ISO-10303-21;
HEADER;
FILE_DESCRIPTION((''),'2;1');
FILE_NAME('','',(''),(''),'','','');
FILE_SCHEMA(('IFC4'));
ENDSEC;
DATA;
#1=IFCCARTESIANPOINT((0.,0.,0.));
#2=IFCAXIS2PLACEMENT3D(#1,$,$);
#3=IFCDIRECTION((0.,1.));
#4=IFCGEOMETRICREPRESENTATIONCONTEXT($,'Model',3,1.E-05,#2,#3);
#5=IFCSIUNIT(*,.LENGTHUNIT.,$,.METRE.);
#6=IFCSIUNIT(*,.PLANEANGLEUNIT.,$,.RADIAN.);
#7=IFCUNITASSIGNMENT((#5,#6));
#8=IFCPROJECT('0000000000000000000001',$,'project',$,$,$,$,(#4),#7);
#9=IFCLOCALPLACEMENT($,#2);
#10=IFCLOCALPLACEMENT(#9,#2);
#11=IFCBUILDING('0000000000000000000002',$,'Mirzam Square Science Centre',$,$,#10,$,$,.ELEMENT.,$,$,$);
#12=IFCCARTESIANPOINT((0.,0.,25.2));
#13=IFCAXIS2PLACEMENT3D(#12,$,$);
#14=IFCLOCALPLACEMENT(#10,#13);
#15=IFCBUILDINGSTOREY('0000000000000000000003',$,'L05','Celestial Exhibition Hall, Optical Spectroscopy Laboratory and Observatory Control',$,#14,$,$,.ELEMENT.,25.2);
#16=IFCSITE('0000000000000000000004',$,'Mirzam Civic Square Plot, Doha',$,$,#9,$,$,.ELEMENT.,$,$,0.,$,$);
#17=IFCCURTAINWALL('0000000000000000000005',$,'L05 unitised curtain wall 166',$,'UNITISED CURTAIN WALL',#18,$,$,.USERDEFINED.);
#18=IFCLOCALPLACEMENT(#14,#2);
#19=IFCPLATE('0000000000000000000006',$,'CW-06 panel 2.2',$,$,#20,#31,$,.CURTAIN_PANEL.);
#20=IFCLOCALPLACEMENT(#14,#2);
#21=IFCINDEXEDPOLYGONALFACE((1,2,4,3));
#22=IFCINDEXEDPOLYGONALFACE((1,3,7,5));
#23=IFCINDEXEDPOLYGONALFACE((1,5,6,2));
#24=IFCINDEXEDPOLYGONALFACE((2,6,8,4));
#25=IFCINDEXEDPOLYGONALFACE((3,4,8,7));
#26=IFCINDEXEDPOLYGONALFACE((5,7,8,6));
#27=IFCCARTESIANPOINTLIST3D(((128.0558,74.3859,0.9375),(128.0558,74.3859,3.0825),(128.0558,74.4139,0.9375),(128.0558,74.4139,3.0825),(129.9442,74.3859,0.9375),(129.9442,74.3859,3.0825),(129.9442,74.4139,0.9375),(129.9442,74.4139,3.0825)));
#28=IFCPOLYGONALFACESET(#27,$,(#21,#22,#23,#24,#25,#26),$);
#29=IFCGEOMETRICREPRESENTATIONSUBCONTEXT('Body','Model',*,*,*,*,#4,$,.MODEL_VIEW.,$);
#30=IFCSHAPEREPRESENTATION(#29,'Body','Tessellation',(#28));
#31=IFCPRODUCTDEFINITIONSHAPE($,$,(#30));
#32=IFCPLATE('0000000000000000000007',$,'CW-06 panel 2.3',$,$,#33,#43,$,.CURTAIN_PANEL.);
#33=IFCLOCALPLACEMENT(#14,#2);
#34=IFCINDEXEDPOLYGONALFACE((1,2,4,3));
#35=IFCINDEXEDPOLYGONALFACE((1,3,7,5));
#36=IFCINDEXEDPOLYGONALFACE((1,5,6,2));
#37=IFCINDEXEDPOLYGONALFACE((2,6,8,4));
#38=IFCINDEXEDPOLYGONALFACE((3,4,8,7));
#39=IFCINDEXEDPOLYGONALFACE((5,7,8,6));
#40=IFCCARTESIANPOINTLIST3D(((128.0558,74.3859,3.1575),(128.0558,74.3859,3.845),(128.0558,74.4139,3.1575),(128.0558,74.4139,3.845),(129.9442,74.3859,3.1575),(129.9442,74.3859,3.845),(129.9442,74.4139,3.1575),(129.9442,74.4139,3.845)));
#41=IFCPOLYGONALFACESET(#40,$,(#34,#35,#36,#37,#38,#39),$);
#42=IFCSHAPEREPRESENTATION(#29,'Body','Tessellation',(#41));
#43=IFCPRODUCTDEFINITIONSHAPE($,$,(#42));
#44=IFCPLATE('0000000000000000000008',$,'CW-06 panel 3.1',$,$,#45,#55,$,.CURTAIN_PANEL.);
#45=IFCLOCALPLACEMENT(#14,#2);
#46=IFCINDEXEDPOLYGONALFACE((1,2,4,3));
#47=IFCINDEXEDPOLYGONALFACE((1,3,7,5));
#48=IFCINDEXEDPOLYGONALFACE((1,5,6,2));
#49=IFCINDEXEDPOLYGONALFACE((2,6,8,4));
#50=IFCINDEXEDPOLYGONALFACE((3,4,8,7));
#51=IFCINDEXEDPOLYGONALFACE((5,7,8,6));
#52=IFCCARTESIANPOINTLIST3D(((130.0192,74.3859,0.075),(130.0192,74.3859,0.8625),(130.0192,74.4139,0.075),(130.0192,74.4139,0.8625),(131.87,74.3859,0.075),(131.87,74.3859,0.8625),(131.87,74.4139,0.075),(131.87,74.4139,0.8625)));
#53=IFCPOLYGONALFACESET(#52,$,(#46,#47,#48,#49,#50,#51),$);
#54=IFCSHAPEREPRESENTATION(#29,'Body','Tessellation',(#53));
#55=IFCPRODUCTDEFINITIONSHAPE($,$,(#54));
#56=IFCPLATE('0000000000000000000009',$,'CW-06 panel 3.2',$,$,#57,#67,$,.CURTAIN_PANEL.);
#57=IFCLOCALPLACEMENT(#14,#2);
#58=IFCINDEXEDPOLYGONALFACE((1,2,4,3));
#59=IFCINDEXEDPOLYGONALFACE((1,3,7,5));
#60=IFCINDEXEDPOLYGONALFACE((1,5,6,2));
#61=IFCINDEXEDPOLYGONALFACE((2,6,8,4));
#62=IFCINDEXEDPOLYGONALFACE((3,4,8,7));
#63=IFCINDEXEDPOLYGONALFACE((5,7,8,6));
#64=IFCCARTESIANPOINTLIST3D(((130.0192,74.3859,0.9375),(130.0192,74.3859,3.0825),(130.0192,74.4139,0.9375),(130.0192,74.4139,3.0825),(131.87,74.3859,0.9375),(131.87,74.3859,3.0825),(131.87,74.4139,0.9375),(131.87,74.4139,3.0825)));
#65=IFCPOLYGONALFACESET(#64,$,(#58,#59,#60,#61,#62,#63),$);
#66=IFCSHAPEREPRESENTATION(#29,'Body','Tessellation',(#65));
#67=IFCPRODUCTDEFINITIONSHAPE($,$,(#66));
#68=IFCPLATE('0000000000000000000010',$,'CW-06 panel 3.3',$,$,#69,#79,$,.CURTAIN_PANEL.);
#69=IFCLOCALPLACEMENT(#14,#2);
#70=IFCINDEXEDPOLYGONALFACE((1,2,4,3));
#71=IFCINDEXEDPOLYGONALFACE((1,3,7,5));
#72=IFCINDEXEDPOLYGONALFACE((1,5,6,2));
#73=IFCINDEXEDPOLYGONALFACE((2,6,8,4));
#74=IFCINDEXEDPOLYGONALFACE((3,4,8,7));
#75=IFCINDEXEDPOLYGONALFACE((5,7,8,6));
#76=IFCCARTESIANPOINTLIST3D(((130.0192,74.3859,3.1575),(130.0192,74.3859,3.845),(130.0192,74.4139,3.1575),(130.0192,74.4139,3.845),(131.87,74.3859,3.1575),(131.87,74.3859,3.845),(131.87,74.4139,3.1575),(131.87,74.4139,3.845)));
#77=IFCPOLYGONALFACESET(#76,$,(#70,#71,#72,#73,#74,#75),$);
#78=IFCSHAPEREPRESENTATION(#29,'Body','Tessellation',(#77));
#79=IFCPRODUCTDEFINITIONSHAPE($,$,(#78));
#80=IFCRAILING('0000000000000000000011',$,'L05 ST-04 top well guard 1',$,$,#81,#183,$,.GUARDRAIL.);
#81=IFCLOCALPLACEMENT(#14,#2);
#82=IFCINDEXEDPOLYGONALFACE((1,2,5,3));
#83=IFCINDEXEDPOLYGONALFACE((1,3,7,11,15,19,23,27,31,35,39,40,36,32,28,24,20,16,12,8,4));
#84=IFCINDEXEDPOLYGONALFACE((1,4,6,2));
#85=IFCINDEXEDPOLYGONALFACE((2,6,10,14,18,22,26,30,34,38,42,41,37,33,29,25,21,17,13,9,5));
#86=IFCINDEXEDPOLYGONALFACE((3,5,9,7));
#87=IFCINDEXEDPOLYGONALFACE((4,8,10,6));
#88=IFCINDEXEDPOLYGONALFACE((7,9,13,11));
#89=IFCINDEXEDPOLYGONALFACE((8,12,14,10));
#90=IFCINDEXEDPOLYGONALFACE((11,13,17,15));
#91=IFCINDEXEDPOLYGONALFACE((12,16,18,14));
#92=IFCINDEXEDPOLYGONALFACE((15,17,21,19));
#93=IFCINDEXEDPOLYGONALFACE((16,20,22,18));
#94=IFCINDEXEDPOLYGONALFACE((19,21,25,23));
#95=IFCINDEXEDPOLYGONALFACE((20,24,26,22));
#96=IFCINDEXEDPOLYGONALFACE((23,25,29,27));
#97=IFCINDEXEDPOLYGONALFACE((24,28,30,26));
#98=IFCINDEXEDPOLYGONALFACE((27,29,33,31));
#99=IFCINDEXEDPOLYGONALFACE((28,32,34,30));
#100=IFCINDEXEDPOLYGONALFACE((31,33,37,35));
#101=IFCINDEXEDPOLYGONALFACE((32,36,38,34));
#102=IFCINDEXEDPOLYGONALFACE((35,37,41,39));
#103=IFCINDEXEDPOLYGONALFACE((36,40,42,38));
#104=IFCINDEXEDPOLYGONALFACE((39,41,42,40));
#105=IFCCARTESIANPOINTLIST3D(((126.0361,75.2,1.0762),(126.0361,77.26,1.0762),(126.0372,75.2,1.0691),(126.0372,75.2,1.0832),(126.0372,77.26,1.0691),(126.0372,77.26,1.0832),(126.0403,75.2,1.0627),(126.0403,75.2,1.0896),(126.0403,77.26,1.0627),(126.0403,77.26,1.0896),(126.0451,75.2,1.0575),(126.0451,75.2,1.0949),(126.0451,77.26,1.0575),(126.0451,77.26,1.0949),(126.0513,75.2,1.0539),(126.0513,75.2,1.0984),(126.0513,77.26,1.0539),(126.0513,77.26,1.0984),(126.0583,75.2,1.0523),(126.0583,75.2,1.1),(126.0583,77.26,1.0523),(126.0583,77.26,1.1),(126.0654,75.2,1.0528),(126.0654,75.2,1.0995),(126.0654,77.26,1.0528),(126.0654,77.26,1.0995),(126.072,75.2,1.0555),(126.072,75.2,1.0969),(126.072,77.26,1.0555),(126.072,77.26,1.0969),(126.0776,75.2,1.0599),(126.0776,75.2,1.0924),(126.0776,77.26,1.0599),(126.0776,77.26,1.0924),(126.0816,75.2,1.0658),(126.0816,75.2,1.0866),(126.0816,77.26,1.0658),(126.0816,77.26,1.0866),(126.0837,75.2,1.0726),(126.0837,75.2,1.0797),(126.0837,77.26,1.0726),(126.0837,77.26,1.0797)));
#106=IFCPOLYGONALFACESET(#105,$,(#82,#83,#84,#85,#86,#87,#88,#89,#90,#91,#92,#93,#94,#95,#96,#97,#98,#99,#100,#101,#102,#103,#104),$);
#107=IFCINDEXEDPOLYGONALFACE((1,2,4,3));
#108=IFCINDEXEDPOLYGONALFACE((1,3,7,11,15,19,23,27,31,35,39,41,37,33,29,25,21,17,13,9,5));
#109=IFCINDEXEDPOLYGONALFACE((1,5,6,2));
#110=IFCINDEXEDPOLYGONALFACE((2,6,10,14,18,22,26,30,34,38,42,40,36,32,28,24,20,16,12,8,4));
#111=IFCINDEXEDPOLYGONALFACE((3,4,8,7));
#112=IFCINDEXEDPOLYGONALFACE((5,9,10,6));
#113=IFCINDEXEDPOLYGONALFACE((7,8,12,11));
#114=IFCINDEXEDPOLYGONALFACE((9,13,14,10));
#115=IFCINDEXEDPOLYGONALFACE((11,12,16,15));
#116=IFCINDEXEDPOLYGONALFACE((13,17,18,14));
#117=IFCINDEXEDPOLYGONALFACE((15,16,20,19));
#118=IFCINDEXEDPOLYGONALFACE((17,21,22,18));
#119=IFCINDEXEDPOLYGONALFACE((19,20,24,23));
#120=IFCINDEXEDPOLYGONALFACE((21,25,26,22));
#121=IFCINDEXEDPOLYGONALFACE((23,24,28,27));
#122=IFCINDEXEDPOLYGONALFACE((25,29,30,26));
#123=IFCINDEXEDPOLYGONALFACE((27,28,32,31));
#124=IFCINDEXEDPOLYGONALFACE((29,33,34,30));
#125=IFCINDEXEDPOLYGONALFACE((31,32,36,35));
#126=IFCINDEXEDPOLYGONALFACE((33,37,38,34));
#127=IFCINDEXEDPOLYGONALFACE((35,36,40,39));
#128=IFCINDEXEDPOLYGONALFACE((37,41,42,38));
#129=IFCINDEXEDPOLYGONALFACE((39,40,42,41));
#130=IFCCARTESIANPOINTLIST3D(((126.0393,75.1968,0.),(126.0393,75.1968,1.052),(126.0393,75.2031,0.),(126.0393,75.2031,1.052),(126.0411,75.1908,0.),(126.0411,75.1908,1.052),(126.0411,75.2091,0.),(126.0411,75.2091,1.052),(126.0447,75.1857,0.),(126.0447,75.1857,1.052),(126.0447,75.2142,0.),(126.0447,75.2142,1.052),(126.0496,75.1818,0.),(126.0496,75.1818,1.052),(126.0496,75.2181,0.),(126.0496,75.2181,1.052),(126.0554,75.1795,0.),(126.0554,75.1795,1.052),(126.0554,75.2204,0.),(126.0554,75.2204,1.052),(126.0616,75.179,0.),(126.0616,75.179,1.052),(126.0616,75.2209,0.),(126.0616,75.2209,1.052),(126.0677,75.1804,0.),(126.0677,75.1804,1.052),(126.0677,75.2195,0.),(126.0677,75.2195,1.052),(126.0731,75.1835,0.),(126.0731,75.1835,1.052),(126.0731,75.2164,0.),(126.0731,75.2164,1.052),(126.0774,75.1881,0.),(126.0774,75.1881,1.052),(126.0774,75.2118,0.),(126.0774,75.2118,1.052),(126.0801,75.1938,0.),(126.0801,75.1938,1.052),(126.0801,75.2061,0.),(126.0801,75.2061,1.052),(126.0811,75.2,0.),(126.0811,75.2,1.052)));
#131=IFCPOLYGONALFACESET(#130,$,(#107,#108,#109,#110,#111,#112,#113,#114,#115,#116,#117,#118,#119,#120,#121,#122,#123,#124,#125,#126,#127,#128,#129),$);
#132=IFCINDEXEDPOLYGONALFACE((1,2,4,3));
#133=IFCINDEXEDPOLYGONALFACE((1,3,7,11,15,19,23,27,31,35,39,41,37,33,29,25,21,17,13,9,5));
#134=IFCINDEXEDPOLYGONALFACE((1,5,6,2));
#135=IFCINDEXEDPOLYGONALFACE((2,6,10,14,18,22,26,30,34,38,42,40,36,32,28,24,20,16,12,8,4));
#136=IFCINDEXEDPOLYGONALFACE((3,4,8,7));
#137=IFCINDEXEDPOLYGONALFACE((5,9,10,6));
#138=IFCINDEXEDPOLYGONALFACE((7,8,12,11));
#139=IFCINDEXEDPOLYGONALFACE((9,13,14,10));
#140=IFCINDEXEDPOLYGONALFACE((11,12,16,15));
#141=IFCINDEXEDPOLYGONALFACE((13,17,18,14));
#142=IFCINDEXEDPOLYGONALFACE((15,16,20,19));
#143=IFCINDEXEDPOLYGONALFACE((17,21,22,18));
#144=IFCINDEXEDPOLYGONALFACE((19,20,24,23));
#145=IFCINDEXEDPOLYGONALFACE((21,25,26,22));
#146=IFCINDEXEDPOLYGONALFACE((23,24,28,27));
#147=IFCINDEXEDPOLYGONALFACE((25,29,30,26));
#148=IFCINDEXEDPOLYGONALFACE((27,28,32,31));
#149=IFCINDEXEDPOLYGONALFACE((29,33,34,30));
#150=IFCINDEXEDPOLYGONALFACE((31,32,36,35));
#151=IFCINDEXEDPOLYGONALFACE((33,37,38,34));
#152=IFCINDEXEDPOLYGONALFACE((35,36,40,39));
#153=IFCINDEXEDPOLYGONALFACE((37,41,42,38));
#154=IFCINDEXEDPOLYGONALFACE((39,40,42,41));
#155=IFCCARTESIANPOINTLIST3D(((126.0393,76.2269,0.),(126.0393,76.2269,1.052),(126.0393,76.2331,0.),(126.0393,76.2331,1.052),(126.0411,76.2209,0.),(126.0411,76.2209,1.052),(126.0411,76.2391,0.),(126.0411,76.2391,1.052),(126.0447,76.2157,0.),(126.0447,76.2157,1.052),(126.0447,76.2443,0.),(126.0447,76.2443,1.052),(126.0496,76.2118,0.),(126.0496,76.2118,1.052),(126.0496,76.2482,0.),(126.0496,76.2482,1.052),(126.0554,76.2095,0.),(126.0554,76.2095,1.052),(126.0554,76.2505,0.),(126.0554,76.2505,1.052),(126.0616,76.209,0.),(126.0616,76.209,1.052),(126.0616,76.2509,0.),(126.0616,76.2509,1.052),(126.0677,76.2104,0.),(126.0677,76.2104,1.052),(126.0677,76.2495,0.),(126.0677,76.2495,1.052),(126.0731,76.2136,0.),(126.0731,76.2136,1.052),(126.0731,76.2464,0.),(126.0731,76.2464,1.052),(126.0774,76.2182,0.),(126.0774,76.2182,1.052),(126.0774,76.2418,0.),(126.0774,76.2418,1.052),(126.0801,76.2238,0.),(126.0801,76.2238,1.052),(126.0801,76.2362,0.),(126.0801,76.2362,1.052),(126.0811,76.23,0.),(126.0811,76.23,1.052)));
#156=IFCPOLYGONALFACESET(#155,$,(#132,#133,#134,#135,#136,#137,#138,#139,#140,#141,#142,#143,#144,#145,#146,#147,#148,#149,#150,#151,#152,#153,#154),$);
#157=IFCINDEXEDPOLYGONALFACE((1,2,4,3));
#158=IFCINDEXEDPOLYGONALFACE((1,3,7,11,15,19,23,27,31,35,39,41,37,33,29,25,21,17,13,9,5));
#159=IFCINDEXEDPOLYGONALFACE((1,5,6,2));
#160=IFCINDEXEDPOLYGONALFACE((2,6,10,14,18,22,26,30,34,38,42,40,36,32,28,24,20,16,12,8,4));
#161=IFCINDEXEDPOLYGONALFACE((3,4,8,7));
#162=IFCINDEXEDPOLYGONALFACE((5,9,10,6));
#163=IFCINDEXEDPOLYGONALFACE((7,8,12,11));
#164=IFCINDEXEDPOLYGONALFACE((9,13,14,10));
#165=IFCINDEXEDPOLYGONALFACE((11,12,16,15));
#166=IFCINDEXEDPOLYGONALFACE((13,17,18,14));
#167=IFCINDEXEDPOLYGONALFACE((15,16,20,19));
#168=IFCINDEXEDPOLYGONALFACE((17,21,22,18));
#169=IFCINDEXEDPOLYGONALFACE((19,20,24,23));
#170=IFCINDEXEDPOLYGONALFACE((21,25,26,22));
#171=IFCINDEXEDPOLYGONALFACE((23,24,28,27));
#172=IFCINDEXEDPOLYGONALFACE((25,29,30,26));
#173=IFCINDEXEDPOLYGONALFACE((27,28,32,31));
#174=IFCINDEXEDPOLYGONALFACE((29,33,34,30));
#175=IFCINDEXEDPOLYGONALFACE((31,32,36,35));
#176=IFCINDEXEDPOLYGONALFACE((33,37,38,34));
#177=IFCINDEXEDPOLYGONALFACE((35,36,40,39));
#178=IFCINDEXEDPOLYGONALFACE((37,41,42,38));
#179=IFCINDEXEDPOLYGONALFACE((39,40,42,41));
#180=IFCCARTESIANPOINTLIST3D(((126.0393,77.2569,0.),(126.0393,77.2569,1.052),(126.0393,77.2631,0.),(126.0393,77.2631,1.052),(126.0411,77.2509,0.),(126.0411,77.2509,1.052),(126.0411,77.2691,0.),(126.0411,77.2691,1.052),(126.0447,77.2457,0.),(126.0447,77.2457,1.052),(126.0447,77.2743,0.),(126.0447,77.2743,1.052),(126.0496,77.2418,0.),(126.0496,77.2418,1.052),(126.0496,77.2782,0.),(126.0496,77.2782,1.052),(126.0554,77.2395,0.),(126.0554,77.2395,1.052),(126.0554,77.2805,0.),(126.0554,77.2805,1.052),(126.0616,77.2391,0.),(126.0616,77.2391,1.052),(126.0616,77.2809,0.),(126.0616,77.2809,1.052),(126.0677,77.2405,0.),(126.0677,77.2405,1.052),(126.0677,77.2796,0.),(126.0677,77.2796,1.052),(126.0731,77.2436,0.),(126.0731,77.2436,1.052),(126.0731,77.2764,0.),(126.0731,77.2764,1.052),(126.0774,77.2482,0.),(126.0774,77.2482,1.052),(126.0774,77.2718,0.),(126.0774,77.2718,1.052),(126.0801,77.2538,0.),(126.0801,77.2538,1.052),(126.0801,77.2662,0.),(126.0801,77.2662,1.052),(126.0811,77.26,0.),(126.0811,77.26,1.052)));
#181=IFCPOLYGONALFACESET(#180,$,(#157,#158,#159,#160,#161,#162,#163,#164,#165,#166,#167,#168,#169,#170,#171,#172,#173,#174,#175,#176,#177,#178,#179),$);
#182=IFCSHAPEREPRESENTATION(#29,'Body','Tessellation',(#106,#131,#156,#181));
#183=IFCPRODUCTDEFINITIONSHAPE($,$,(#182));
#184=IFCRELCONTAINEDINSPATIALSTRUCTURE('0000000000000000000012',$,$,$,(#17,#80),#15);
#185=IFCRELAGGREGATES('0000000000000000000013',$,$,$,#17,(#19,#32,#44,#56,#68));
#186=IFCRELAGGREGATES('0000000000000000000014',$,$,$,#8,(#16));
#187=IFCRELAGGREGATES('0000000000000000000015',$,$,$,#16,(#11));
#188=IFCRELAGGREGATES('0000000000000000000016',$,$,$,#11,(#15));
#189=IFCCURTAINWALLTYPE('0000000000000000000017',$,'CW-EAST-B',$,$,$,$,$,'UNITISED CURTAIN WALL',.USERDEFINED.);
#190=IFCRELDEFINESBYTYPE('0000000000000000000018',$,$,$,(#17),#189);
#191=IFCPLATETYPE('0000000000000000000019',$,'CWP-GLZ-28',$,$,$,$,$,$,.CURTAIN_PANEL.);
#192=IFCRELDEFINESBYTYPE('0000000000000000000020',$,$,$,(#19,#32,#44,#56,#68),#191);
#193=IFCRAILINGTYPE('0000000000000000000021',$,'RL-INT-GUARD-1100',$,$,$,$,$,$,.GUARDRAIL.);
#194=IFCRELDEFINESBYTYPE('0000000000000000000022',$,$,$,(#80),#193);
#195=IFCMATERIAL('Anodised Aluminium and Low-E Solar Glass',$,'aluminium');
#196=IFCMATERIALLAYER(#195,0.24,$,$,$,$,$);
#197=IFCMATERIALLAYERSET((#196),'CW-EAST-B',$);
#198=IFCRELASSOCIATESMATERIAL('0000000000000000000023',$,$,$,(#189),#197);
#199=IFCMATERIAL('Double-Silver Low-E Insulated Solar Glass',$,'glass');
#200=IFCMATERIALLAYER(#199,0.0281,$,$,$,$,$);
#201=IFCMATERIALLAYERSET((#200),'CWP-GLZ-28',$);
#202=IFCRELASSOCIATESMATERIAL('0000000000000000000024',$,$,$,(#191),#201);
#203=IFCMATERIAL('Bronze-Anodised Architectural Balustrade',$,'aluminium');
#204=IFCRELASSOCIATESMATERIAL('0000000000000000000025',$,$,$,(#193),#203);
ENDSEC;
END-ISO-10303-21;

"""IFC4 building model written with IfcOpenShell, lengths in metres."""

from ifc_helpers import new_model, si_unit, direction, frame, origin, origin_2d, place, context, subcontext, project, spatial, rectangle, circle, extrude, material, layer, layer_set, type_object, element, aggregate, save


model = new_model("IFC4")

# Units and contexts
model_context = context("Model", 3, precision=1e-05, world=origin(), true_north=direction((0.0, 1.0)))
body_context = subcontext(model_context, "Body", "Model", "MODEL_VIEW")
ifc_project = project(units=[si_unit("LENGTHUNIT", "METRE"), si_unit("PLANEANGLEUNIT", "RADIAN")], contexts=[model_context])

# Site, building, storey
site_placement = place(None, origin())
site = spatial("IfcSite", under=ifc_project, at=site_placement, Name="Mirzam Civic Square Plot, Doha", CompositionType="ELEMENT", RefElevation=0.0)
building_placement = place(site_placement, origin())
building = spatial("IfcBuilding", under=site, at=building_placement, Name="Mirzam Square Science Centre", CompositionType="ELEMENT")
storey_placement = place(building_placement, frame((0.0, 0.0, 25.2)))
storey = spatial("IfcBuildingStorey", under=building, at=storey_placement, Name="L05", Description="Celestial Exhibition Hall, Optical Spectroscopy Laboratory and Observatory Control", CompositionType="ELEMENT", Elevation=25.2)

# Curtain wall
ifc_material_1 = material(Name="Anodised Aluminium and Low-E Solar Glass", Category="aluminium")
ifc_layer_1 = layer(ifc_material_1, 0.24)
ifc_layer_set_1 = layer_set([ifc_layer_1], Name="CW-EAST-B")
curtain_wall_type = type_object("IfcCurtainWallType", Name="CW-EAST-B", ElementType="UNITISED CURTAIN WALL", PredefinedType="USERDEFINED", material=ifc_layer_set_1)
curtain_wall_placement = place(storey_placement, origin())
curtain_wall = element("IfcCurtainWall", 1, at=curtain_wall_placement, inside=storey, type_object=curtain_wall_type, Name="L05 unitised curtain wall 166", ObjectType="UNITISED CURTAIN WALL", PredefinedType="USERDEFINED")

# Plates
ifc_material_2 = material(Name="Double-Silver Low-E Insulated Solar Glass", Category="glass")
ifc_layer_2 = layer(ifc_material_2, 0.0281)
ifc_layer_set_2 = layer_set([ifc_layer_2], Name="CWP-GLZ-28")
plate_type = type_object("IfcPlateType", Name="CWP-GLZ-28", PredefinedType="CURTAIN_PANEL", material=ifc_layer_set_2)
plate_1_placement = place(storey_placement, frame((129.0, 74.3999, 0.9375), z_axis=(0.0, 0.0, 1.0), x_axis=(1.0, 0.0, 0.0)))
plate_1 = element("IfcPlate", 2, at=plate_1_placement, type_object=plate_type, Name="CW-06 panel 2.2", PredefinedType="CURTAIN_PANEL", context=body_context, shape_type="SweptSolid", body=[
    extrude(rectangle(XDim=1.8884, YDim=0.0281, at=origin_2d()), origin(), (0.0, 0.0, 1.0), 2.145),
])
plate_2_placement = place(storey_placement, frame((129.0, 74.3999, 3.1575), z_axis=(0.0, 0.0, 1.0), x_axis=(1.0, 0.0, 0.0)))
plate_2 = element("IfcPlate", 3, at=plate_2_placement, type_object=plate_type, Name="CW-06 panel 2.3", PredefinedType="CURTAIN_PANEL", context=body_context, shape_type="SweptSolid", body=[
    extrude(rectangle(XDim=1.8884, YDim=0.0281, at=origin_2d()), origin(), (0.0, 0.0, 1.0), 0.6875),
])
plate_3_placement = place(storey_placement, frame((130.9446, 74.3999, 0.075), z_axis=(0.0, 0.0, 1.0), x_axis=(1.0, 0.0, 0.0)))
plate_3 = element("IfcPlate", 4, at=plate_3_placement, type_object=plate_type, Name="CW-06 panel 3.1", PredefinedType="CURTAIN_PANEL", context=body_context, shape_type="SweptSolid", body=[
    extrude(rectangle(XDim=1.8508, YDim=0.0281, at=origin_2d()), origin(), (0.0, 0.0, 1.0), 0.7876),
])
plate_4_placement = place(storey_placement, frame((130.9446, 74.3999, 0.9375), z_axis=(0.0, 0.0, 1.0), x_axis=(1.0, 0.0, 0.0)))
plate_4 = element("IfcPlate", 5, at=plate_4_placement, type_object=plate_type, Name="CW-06 panel 3.2", PredefinedType="CURTAIN_PANEL", context=body_context, shape_type="SweptSolid", body=[
    extrude(rectangle(XDim=1.8508, YDim=0.0281, at=origin_2d()), origin(), (0.0, 0.0, 1.0), 2.145),
])
plate_5_placement = place(storey_placement, frame((130.9446, 74.3999, 3.1575), z_axis=(0.0, 0.0, 1.0), x_axis=(1.0, 0.0, 0.0)))
plate_5 = element("IfcPlate", 6, at=plate_5_placement, type_object=plate_type, Name="CW-06 panel 3.3", PredefinedType="CURTAIN_PANEL", context=body_context, shape_type="SweptSolid", body=[
    extrude(rectangle(XDim=1.8508, YDim=0.0281, at=origin_2d()), origin(), (0.0, 0.0, 1.0), 0.6875),
])
aggregate(curtain_wall, [plate_1, plate_2, plate_3, plate_4, plate_5])

# Railing
ifc_material_3 = material(Name="Bronze-Anodised Architectural Balustrade", Category="aluminium")
railing_type = type_object("IfcRailingType", Name="RL-INT-GUARD-1100", PredefinedType="GUARDRAIL", material=ifc_material_3)
railing_placement = place(storey_placement, frame((126.0601, 75.2, 0.0)))
element("IfcRailing", 7, at=railing_placement, inside=storey, type_object=railing_type, Name="L05 ST-04 top well guard 1", PredefinedType="GUARDRAIL", context=body_context, shape_type="SweptSolid", body=[
    extrude(circle(Radius=0.0239, at=origin_2d()), frame((0.0, 0.0, 1.0762), z_axis=(0.0, 1.0, 0.0), x_axis=(-1.0, 0.0, 0.0)), (0.0, 0.0, 1.0), 2.0601),
    extrude(circle(Radius=0.021, at=origin_2d()), origin(), (0.0, 0.0, 1.0), 1.052),
    extrude(circle(Radius=0.021, at=origin_2d()), frame((0.0, 1.03, 0.0)), (0.0, 0.0, 1.0), 1.052),
    extrude(circle(Radius=0.021, at=origin_2d()), frame((0.0, 2.0601, 0.0)), (0.0, 0.0, 1.0), 1.052),
])

save(model, "model.ifc")
